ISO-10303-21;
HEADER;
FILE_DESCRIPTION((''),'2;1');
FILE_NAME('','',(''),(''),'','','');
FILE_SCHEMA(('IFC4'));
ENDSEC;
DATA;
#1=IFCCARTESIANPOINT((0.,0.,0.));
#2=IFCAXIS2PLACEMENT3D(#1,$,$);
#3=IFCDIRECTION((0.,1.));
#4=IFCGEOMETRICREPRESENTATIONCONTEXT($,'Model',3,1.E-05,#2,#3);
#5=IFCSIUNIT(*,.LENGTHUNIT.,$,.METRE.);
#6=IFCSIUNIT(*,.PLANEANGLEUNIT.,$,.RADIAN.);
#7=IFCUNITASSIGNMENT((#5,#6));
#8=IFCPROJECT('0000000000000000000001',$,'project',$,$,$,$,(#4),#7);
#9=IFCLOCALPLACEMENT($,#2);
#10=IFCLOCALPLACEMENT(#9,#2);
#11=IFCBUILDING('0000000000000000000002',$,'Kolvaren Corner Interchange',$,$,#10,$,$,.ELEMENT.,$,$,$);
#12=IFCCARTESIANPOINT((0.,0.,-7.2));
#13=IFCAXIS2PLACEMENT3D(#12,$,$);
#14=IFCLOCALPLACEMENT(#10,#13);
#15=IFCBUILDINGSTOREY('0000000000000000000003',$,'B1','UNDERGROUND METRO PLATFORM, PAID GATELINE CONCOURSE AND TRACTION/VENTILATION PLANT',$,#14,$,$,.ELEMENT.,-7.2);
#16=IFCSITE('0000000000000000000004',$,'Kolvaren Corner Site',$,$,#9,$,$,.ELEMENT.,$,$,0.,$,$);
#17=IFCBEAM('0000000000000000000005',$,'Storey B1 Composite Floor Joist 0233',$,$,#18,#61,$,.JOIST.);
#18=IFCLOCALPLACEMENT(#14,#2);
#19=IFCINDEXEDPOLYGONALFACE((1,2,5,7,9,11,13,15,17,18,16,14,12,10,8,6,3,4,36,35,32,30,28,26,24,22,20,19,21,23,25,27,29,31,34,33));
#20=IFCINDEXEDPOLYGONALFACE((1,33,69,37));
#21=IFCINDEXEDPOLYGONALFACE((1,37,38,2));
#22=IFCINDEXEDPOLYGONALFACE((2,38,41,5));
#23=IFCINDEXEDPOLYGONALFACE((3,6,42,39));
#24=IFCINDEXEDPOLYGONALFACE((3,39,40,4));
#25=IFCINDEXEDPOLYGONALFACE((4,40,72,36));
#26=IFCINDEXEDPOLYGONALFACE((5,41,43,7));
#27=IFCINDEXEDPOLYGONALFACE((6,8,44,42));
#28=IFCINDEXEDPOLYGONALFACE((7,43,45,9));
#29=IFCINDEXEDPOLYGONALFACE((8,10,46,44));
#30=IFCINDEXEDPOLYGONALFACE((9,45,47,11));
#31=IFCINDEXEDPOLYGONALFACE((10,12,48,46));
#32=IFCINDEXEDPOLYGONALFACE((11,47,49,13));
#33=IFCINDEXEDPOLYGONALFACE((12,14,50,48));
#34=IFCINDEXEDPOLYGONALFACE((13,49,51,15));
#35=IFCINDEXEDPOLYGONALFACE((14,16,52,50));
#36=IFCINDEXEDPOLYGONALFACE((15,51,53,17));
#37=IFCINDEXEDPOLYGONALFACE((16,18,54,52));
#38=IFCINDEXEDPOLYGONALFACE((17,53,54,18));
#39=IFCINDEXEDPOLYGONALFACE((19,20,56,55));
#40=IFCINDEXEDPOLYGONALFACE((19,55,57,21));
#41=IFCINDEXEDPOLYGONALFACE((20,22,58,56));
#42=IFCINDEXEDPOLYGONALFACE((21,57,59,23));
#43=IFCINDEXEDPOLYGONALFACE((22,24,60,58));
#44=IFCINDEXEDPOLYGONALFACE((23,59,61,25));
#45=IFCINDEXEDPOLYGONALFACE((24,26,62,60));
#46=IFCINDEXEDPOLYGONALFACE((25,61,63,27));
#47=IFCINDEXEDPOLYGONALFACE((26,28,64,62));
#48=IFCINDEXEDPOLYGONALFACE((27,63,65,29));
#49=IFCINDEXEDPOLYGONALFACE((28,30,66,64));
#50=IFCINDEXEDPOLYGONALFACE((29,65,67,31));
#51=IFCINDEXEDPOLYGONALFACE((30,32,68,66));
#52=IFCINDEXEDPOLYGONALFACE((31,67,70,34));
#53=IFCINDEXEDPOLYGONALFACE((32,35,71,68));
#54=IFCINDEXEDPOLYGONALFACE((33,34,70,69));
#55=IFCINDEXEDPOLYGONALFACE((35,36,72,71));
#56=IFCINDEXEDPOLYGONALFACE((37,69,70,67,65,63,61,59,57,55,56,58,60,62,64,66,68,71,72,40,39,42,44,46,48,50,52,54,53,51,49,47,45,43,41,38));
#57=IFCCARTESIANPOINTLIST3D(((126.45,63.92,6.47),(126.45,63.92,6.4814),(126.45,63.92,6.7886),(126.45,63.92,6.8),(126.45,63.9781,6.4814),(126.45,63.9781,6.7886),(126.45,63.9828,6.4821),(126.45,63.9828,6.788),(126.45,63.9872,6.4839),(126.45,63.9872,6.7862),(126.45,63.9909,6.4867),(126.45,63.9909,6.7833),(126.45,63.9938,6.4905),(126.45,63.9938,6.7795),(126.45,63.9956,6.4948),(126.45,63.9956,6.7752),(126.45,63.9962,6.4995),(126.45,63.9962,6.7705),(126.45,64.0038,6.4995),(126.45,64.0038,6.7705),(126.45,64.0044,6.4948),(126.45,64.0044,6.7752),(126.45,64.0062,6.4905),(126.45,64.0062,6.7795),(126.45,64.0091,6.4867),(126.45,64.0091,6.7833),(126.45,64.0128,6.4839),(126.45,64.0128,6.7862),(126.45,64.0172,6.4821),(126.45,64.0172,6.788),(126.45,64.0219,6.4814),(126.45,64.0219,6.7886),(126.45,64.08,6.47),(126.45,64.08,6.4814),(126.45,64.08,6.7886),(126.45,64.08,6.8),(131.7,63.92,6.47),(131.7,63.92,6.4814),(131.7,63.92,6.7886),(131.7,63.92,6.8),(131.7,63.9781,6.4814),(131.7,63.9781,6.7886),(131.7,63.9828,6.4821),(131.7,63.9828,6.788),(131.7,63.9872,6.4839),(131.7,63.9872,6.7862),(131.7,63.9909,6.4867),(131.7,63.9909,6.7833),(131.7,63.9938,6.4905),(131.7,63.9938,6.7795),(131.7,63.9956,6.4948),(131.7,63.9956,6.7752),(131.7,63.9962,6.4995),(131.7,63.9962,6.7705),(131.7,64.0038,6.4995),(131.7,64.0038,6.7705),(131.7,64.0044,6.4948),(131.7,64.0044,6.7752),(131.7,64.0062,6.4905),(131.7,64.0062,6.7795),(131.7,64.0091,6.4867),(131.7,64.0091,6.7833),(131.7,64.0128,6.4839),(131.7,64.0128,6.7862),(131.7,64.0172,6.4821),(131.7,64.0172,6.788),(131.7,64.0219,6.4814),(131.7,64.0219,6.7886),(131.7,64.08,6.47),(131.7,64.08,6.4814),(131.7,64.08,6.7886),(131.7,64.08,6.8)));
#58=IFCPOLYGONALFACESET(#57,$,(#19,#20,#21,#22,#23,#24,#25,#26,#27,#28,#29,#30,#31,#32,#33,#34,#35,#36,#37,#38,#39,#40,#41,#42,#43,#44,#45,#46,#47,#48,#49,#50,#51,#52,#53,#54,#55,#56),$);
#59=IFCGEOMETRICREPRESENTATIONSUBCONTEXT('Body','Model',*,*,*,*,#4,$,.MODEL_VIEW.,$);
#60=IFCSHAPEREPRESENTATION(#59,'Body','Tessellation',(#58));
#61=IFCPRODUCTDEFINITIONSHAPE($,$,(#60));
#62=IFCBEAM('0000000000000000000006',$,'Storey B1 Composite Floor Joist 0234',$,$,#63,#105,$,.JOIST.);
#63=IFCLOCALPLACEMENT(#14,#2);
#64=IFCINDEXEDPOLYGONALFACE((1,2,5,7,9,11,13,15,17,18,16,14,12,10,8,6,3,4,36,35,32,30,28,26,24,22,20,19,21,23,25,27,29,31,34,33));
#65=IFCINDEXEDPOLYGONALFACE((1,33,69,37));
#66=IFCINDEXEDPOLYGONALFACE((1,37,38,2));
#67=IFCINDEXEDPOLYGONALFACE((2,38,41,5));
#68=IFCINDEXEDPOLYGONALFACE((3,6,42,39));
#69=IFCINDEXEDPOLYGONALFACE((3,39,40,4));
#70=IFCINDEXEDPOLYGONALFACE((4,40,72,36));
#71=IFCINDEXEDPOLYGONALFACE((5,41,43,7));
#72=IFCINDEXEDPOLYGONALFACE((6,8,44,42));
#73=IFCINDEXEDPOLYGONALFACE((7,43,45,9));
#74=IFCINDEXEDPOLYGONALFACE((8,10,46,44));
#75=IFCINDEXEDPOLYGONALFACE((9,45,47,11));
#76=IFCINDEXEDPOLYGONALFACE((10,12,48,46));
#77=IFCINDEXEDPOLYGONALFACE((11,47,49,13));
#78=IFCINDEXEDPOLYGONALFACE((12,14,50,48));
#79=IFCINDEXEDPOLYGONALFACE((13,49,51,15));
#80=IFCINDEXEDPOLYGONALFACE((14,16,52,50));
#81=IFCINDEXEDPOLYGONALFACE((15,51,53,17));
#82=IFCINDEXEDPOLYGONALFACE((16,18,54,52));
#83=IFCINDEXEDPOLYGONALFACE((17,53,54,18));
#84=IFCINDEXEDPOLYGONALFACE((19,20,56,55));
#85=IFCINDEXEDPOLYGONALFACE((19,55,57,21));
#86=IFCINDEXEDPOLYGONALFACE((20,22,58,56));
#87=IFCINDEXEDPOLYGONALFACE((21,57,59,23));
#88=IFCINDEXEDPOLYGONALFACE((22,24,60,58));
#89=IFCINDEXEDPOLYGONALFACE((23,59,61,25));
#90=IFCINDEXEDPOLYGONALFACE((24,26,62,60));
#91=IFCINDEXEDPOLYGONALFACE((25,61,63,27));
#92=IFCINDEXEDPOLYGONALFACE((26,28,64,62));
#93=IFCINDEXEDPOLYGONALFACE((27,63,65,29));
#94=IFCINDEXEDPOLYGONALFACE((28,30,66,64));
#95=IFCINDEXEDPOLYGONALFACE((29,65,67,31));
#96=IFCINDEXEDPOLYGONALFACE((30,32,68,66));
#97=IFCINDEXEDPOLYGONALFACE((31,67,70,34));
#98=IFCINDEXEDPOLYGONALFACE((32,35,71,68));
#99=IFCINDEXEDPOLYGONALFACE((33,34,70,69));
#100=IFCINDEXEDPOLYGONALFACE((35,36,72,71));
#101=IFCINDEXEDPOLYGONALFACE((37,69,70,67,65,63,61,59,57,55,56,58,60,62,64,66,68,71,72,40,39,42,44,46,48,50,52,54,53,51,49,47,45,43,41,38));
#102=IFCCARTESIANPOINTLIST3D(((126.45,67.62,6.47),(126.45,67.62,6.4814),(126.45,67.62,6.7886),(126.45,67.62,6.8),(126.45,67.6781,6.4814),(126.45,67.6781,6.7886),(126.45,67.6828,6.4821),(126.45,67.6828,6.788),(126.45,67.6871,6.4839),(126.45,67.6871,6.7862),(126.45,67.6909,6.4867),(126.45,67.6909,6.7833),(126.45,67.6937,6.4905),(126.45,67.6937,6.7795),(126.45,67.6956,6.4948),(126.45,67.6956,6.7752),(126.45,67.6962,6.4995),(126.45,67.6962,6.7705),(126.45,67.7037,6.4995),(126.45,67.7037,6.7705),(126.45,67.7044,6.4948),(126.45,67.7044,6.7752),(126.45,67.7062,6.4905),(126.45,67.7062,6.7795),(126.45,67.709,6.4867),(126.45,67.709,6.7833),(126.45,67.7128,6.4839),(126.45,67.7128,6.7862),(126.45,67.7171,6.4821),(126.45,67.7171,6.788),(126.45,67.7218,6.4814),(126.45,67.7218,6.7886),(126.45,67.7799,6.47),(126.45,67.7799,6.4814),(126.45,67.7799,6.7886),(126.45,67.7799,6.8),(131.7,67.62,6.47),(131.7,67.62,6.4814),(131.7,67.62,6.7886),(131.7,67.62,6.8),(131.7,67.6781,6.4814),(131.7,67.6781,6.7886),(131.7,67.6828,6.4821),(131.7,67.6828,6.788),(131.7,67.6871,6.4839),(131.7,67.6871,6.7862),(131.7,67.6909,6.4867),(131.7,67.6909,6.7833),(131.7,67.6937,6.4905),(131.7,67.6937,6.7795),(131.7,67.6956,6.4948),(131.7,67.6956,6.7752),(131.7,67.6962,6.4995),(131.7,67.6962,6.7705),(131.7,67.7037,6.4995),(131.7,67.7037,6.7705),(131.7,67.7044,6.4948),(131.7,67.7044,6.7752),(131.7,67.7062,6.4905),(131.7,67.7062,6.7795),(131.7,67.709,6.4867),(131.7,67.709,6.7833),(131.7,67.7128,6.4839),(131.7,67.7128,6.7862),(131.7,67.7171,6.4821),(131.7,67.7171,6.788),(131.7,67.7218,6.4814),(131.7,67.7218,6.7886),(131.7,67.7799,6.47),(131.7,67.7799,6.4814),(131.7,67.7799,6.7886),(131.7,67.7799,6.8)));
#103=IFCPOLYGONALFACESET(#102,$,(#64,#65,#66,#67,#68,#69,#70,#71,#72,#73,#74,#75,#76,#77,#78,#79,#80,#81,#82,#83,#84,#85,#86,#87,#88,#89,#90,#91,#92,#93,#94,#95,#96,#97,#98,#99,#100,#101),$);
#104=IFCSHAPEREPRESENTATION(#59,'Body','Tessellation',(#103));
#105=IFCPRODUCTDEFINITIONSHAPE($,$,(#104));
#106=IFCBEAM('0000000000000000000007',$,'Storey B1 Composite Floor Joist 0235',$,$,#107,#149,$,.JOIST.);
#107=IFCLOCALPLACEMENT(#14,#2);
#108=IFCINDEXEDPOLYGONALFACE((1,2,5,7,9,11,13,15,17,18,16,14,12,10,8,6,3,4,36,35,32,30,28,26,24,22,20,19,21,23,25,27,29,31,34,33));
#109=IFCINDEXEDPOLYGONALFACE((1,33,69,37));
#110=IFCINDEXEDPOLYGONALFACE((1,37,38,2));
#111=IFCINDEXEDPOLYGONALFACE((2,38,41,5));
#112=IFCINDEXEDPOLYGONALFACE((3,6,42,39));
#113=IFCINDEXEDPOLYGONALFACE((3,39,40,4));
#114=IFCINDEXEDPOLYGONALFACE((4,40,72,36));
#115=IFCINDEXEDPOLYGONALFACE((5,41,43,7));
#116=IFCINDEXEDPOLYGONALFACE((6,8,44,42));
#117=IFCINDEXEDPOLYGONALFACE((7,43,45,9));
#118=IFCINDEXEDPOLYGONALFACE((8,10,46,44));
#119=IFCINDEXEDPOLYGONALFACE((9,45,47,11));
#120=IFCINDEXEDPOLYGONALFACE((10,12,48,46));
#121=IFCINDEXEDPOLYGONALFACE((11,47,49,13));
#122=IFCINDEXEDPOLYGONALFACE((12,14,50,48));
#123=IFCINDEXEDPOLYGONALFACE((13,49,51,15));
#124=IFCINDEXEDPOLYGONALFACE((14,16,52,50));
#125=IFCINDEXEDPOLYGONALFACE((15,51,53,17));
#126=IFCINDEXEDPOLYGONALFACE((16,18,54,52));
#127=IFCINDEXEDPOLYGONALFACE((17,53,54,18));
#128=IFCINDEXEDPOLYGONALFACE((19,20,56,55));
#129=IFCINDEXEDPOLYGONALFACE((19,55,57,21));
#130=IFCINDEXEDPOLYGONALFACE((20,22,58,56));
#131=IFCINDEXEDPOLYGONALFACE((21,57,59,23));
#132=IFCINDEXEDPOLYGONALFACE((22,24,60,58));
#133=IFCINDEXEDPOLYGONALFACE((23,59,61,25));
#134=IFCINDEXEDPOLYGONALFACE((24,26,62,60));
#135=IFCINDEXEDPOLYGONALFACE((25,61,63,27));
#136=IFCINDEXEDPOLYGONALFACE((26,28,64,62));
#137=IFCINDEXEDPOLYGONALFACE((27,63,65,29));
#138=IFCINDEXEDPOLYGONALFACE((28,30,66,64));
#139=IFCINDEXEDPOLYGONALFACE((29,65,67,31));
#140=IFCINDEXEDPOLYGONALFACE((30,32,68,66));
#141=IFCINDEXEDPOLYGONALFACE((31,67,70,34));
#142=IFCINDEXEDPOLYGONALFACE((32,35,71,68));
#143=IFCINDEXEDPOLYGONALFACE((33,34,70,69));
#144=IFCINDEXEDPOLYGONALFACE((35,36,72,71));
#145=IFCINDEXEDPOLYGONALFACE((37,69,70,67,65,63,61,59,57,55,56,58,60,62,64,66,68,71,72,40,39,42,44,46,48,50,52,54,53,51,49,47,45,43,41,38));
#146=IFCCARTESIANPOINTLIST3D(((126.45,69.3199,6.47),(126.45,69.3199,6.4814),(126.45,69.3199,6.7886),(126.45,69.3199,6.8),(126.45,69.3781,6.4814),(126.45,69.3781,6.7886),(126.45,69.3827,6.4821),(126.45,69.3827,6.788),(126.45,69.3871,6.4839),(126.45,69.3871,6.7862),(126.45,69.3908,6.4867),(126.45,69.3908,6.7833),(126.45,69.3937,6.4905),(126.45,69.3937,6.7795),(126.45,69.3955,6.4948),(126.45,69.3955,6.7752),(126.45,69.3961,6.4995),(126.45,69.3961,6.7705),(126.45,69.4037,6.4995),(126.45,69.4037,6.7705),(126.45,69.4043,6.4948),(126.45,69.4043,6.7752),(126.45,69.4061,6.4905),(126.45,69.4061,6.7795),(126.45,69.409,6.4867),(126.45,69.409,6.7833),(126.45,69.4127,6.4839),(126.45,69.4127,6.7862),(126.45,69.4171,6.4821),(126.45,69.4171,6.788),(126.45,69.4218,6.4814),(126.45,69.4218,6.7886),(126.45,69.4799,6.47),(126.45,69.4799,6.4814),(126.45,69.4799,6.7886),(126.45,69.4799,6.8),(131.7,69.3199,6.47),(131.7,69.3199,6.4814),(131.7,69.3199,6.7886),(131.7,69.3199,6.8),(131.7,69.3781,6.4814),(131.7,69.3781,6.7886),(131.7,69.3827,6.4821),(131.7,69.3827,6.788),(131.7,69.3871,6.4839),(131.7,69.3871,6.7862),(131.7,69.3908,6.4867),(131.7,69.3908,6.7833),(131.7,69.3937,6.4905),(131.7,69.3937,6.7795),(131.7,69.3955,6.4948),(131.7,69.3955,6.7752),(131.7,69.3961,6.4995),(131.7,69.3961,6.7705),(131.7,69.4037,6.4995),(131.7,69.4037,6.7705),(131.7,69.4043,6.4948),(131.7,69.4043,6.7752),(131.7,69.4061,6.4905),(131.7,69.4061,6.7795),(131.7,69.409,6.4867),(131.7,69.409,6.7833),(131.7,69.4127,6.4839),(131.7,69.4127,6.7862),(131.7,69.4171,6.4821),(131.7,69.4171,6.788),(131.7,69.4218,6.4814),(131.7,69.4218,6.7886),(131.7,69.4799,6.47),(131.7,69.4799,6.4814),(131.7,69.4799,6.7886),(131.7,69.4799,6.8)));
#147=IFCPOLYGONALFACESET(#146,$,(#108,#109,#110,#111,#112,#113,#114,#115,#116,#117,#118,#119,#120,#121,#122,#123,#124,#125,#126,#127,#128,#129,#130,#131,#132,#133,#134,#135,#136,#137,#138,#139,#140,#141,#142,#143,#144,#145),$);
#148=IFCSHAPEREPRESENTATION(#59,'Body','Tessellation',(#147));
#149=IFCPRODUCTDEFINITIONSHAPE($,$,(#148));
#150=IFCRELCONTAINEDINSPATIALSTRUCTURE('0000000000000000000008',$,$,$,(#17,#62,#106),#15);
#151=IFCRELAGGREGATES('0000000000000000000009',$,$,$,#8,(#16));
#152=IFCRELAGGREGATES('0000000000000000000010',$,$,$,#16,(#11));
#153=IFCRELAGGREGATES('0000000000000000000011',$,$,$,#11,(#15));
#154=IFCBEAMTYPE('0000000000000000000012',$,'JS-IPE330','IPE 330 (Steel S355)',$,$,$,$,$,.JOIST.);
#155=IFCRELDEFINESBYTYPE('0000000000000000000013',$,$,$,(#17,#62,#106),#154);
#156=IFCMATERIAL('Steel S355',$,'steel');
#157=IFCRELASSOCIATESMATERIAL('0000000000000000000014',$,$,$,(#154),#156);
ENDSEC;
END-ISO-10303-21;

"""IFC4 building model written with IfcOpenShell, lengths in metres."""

from ifc_helpers import new_model, si_unit, direction, frame, origin, origin_2d, place, context, subcontext, project, spatial, i_section, extrude, material, material_profile, profile_set, type_object, element, save


model = new_model("IFC4")

# Units and contexts
model_context = context("Model", 3, precision=1e-05, world=origin(), true_north=direction((0.0, 1.0)))
body_context = subcontext(model_context, "Body", "Model", "MODEL_VIEW")
ifc_project = project(units=[si_unit("LENGTHUNIT", "METRE"), si_unit("PLANEANGLEUNIT", "RADIAN")], contexts=[model_context])

# Site, building, storey
site_placement = place(None, origin())
site = spatial("IfcSite", under=ifc_project, at=site_placement, Name="Kolvaren Corner Site", CompositionType="ELEMENT", RefElevation=0.0)
building_placement = place(site_placement, origin())
building = spatial("IfcBuilding", under=site, at=building_placement, Name="Kolvaren Corner Interchange", CompositionType="ELEMENT")
storey_placement = place(building_placement, frame((0.0, 0.0, -7.2)))
storey = spatial("IfcBuildingStorey", under=building, at=storey_placement, Name="B1", Description="UNDERGROUND METRO PLATFORM, PAID GATELINE CONCOURSE AND TRACTION/VENTILATION PLANT", CompositionType="ELEMENT", Elevation=-7.2)

# Beams
ifc_material_1 = material(Name="Steel S355", Category="steel")
ifc_material_profile_1 = material_profile(ifc_material_1, i_section(OverallWidth=0.1599, OverallDepth=0.3301, WebThickness=0.0076, FlangeThickness=0.0115, FilletRadius=0.0181, at=origin_2d()), Name="IPE 330")
ifc_profile_set_1 = profile_set([ifc_material_profile_1], Name="Steel S355")
beam_type_1 = type_object("IfcBeamType", Name="JS-IPE330", Description="IPE 330 (Steel S355)", PredefinedType="JOIST", material=ifc_profile_set_1)
for number, where, z_axis, x_axis, name in (
    (1, (126.45, 64.0, 6.635), (1.0, 0.0, 0.0), (0.0, 1.0, 0.0), "Storey B1 Composite Floor Joist 0233"),
    (2, (126.45, 67.7, 6.635), (1.0, 0.0, 0.0), (0.0, 1.0, 0.0), "Storey B1 Composite Floor Joist 0234"),
    (3, (126.45, 69.3999, 6.635), (1.0, 0.0, 0.0), (0.0, 1.0, 0.0), "Storey B1 Composite Floor Joist 0235"),
):
    element("IfcBeam", number, at=place(storey_placement, frame(where, z_axis=z_axis, x_axis=x_axis)), inside=storey, type_object=beam_type_1, Name=name, PredefinedType="JOIST", context=body_context, shape_type="SweptSolid", body=[
        extrude(i_section(OverallWidth=0.1599, OverallDepth=0.3301, WebThickness=0.0076, FlangeThickness=0.0115, FilletRadius=0.0181, at=origin_2d()), origin(), (0.0, 0.0, 1.0), 5.25),
    ])

save(model, "model.ifc")
